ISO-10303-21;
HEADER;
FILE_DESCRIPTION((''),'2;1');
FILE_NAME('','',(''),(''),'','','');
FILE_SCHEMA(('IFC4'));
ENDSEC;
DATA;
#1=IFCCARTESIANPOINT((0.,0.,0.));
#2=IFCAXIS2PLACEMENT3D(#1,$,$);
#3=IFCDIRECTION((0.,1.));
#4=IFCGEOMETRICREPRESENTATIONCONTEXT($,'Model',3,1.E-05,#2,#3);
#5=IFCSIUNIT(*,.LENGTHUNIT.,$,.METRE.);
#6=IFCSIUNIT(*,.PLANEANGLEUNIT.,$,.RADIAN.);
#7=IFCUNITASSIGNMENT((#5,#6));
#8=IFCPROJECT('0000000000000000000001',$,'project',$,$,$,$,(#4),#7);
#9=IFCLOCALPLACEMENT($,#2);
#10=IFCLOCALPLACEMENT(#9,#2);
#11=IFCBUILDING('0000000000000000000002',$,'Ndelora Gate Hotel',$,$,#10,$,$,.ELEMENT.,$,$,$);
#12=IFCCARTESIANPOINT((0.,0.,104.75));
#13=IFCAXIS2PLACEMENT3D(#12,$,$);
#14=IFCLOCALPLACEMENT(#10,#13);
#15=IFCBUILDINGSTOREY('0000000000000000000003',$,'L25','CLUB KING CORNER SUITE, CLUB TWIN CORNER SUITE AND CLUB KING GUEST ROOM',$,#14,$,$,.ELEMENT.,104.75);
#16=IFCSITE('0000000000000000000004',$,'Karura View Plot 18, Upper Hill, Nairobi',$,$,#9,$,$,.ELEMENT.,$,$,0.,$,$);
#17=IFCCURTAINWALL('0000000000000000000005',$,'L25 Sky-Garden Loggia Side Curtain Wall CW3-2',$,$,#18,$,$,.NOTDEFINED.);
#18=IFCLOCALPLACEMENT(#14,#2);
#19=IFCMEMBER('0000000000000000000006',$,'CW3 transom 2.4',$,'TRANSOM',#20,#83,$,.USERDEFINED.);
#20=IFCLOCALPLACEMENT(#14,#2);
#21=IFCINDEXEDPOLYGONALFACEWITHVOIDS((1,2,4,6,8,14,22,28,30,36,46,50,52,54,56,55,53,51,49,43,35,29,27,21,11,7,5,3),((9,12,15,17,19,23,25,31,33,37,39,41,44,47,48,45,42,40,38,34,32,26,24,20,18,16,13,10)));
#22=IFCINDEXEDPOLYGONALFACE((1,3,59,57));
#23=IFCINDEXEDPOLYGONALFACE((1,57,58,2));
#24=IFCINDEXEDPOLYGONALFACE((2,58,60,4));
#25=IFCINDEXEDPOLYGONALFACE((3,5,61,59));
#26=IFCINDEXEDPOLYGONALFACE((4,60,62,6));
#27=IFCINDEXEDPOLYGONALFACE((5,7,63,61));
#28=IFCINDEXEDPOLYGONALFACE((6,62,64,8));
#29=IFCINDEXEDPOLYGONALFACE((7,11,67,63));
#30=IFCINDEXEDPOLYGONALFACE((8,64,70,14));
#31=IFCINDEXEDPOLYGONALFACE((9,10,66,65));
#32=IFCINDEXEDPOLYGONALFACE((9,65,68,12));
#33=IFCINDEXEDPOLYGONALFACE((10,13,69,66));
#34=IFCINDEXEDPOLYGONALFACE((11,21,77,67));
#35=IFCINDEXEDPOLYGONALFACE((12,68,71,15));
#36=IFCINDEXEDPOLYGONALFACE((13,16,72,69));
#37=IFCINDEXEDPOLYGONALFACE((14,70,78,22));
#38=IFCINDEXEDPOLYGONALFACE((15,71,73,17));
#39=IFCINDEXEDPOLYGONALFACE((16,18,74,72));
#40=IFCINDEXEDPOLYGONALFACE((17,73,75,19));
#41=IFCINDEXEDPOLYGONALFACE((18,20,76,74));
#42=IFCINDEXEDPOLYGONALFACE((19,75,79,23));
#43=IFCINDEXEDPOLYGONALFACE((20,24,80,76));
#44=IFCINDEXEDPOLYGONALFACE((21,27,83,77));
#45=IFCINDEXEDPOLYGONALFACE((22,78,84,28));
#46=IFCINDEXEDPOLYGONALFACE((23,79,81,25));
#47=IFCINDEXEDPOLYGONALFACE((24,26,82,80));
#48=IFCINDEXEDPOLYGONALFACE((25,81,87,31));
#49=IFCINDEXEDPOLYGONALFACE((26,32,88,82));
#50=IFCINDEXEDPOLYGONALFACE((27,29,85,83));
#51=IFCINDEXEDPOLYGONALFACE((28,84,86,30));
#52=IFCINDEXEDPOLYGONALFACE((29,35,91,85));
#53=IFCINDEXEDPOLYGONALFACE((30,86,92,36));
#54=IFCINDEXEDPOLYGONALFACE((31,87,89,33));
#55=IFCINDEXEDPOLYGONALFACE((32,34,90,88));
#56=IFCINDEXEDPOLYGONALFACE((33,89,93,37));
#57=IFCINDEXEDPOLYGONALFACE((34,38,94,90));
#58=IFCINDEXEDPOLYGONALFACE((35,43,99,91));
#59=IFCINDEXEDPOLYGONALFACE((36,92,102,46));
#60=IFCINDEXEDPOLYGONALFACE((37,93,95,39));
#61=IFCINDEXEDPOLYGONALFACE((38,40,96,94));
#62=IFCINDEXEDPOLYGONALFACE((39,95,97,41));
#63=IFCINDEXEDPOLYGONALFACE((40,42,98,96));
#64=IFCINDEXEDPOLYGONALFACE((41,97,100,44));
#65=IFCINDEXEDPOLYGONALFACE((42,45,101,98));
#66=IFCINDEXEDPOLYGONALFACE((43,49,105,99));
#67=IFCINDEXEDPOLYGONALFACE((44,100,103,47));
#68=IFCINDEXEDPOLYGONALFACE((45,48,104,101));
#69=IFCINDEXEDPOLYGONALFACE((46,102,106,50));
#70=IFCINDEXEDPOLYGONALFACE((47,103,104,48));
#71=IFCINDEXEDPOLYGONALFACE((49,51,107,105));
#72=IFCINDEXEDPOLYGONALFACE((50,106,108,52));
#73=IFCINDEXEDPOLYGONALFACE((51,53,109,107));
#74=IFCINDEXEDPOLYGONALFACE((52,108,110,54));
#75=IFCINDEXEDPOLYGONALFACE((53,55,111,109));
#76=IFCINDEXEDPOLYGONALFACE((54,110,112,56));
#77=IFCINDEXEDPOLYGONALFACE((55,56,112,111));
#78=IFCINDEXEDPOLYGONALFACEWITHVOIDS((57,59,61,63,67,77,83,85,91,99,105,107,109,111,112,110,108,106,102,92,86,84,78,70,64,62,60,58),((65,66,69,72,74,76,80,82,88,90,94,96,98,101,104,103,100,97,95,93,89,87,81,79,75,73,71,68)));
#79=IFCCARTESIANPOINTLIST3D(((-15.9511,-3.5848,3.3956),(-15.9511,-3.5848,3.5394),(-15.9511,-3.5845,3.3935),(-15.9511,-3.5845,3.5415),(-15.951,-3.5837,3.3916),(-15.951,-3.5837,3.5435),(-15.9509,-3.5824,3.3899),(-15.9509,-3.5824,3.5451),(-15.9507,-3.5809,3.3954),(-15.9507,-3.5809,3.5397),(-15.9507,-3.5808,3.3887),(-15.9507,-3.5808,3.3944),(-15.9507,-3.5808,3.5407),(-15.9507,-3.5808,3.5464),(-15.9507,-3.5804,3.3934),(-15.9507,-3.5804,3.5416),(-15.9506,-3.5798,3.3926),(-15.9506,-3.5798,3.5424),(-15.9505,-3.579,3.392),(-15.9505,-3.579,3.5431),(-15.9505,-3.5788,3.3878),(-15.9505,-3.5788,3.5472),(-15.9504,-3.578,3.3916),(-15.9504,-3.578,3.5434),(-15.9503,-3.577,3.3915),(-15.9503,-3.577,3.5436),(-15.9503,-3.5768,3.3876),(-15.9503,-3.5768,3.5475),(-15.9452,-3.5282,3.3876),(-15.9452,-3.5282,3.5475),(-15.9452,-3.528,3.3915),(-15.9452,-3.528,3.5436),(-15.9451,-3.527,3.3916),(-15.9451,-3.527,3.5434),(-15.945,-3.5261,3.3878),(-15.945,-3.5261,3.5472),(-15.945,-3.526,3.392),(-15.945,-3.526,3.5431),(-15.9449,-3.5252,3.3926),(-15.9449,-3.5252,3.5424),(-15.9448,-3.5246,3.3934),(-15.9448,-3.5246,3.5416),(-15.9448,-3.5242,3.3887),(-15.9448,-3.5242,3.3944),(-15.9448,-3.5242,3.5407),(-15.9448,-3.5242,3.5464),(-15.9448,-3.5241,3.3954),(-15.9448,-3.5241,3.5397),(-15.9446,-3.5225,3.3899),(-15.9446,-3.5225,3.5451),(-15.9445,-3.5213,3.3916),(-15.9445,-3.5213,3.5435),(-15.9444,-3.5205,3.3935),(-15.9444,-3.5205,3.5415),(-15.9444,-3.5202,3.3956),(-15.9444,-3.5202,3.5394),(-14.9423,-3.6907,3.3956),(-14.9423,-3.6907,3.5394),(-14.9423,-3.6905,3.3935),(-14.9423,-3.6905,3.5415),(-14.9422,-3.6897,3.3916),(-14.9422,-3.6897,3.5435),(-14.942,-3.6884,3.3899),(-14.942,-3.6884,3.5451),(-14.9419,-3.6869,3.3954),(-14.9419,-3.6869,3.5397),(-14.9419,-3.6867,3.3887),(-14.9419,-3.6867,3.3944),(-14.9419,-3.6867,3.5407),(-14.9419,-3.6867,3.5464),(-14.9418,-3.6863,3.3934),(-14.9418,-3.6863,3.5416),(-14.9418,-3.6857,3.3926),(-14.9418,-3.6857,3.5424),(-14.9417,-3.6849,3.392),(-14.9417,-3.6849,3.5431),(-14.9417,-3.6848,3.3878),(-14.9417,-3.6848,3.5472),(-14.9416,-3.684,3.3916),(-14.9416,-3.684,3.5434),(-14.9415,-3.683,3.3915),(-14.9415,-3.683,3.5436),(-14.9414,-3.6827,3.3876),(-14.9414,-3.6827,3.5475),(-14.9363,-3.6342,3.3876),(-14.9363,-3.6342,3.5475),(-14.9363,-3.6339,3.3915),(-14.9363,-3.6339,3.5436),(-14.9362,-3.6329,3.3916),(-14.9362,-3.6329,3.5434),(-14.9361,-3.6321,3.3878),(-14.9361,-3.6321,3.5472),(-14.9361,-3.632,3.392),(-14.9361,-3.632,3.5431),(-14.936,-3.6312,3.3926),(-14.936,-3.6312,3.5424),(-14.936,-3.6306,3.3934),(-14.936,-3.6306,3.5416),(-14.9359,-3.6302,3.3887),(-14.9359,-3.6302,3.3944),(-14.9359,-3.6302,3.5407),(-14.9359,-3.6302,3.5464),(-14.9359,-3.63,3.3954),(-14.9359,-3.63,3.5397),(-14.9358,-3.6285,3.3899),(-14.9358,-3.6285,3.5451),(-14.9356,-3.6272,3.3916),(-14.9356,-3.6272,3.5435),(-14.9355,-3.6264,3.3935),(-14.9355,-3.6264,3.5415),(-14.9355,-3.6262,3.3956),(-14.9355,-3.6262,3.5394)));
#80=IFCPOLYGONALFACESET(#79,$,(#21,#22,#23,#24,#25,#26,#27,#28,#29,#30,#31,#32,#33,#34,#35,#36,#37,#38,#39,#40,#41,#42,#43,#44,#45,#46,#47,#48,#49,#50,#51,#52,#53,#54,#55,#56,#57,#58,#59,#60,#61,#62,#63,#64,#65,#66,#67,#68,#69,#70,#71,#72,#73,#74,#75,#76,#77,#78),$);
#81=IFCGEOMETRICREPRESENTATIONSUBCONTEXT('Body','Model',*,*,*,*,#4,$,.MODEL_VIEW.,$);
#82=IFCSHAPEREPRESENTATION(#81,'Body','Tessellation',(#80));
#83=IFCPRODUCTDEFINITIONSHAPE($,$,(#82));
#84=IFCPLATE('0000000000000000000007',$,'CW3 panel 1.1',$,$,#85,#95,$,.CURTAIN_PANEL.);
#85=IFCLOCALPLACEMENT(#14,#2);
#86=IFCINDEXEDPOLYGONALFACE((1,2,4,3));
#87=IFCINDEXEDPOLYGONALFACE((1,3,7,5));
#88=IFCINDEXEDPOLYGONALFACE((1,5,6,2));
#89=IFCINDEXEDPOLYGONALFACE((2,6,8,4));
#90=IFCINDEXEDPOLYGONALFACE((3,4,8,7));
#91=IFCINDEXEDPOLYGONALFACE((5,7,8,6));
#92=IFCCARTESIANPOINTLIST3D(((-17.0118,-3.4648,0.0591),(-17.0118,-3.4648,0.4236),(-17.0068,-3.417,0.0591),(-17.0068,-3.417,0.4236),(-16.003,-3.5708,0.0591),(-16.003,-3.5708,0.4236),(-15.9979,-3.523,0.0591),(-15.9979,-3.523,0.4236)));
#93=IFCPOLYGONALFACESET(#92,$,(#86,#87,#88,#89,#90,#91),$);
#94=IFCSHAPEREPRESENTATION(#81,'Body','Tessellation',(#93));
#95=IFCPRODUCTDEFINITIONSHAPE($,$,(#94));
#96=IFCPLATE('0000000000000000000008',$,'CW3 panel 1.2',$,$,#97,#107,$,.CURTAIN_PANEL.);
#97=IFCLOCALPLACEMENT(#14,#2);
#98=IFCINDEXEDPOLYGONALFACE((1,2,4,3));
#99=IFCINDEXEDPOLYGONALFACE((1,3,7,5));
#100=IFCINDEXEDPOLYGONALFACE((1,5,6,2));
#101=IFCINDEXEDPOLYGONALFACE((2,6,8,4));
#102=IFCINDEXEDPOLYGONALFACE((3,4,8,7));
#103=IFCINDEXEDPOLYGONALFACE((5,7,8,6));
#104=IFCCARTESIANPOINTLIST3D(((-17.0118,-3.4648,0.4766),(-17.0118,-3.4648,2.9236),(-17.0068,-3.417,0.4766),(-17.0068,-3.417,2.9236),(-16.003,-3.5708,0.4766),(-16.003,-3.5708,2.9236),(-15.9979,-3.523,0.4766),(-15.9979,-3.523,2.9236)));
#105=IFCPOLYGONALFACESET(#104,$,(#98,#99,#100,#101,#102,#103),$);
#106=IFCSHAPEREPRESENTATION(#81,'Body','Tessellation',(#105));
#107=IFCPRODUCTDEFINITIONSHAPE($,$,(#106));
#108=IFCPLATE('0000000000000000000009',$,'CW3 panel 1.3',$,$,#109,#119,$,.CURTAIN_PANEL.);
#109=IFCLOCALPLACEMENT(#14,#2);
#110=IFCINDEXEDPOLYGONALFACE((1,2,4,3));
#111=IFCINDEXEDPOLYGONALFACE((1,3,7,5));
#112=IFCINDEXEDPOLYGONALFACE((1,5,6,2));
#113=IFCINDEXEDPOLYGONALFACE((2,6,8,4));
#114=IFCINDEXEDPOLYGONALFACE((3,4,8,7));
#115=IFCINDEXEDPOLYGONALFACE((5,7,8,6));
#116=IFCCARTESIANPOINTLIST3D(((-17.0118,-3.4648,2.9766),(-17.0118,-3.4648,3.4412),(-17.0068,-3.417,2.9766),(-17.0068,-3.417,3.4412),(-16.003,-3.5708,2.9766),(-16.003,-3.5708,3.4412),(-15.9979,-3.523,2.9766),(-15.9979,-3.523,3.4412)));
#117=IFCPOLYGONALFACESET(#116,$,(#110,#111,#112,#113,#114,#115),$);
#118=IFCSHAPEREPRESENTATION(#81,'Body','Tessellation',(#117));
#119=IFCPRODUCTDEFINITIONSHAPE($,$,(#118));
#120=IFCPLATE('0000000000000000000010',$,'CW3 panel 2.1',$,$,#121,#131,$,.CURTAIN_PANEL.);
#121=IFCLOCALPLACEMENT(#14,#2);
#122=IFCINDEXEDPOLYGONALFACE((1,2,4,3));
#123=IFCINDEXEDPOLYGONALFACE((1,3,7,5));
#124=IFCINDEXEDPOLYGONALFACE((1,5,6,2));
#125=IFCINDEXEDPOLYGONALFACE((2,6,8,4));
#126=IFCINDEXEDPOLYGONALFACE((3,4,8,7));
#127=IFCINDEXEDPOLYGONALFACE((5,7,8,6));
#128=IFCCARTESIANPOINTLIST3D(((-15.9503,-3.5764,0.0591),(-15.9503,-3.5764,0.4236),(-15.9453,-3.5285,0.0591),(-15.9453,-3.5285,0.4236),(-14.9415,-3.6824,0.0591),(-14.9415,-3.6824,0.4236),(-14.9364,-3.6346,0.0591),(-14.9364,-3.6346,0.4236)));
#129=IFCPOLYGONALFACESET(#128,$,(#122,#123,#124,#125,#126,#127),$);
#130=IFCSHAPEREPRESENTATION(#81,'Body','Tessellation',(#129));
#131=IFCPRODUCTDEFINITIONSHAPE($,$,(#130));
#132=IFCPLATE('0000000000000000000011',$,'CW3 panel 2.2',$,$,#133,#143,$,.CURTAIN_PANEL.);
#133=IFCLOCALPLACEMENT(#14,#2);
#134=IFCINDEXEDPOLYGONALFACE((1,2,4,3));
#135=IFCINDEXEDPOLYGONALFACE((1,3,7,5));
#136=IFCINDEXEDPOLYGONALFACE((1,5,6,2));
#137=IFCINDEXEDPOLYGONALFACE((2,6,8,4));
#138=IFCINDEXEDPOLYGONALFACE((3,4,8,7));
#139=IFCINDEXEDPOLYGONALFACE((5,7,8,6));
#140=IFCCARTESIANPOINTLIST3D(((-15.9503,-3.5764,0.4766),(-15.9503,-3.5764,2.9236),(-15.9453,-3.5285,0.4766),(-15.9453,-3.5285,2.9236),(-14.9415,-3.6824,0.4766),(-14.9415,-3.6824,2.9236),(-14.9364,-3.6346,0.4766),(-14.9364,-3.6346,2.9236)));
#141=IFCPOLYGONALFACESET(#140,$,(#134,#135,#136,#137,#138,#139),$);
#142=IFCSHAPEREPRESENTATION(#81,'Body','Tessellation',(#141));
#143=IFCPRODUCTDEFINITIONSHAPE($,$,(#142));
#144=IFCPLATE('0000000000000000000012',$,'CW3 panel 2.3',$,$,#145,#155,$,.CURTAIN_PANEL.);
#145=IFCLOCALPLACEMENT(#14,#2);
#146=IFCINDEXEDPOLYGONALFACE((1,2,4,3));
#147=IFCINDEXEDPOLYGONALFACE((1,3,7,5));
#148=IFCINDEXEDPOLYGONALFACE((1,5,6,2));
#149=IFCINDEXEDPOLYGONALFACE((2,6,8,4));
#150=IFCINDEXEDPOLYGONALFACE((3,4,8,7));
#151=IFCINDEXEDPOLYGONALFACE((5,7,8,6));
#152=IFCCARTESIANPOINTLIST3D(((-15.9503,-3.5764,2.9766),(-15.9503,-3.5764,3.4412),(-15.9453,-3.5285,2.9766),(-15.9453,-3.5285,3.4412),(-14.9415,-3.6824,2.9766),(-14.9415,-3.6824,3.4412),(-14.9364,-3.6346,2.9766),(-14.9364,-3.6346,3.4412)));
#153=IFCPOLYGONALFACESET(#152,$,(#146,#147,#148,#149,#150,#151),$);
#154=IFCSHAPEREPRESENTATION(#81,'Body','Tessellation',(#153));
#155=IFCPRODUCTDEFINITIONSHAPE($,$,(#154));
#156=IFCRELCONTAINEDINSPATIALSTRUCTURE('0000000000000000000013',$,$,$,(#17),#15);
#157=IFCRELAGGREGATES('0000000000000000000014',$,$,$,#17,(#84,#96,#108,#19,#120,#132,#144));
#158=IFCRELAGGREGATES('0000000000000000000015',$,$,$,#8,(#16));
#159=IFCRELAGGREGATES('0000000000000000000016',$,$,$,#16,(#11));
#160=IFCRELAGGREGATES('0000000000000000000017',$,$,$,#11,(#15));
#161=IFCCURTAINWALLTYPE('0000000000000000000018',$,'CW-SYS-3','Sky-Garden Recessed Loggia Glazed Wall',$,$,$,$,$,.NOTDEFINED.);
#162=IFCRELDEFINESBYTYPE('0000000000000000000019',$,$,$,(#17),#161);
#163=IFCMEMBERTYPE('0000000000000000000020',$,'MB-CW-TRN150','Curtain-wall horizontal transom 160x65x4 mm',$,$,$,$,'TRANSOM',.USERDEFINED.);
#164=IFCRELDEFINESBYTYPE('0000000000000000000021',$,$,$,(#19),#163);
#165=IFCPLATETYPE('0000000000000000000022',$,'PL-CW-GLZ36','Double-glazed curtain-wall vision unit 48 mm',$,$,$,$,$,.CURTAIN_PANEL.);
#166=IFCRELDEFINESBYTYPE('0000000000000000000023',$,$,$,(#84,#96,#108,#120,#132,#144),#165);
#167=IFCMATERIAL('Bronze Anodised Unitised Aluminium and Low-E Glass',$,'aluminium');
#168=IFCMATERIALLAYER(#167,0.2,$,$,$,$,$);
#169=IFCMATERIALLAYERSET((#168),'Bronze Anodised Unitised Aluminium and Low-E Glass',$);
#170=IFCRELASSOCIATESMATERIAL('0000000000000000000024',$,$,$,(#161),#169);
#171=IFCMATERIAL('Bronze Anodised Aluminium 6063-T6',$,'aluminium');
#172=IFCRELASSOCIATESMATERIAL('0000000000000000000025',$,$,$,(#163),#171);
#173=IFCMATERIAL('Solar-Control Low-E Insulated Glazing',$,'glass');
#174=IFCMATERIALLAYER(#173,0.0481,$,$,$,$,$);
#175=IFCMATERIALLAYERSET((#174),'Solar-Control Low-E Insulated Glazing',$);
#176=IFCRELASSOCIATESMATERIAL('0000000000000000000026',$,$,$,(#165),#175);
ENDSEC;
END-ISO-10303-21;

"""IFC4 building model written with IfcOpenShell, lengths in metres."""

from ifc_helpers import new_model, si_unit, direction, frame, origin, origin_2d, place, context, subcontext, project, spatial, rectangle, hollow_rectangle, extrude, material, layer, layer_set, material_profile, profile_set, type_object, element, aggregate, save


model = new_model("IFC4")

# Units and contexts
model_context = context("Model", 3, precision=1e-05, world=origin(), true_north=direction((0.0, 1.0)))
body_context = subcontext(model_context, "Body", "Model", "MODEL_VIEW")
ifc_project = project(units=[si_unit("LENGTHUNIT", "METRE"), si_unit("PLANEANGLEUNIT", "RADIAN")], contexts=[model_context])

# Site, building, storey
site_placement = place(None, origin())
site = spatial("IfcSite", under=ifc_project, at=site_placement, Name="Karura View Plot 18, Upper Hill, Nairobi", CompositionType="ELEMENT", RefElevation=0.0)
building_placement = place(site_placement, origin())
building = spatial("IfcBuilding", under=site, at=building_placement, Name="Ndelora Gate Hotel", CompositionType="ELEMENT")
storey_placement = place(building_placement, frame((0.0, 0.0, 104.75)))
storey = spatial("IfcBuildingStorey", under=building, at=storey_placement, Name="L25", Description="CLUB KING CORNER SUITE, CLUB TWIN CORNER SUITE AND CLUB KING GUEST ROOM", CompositionType="ELEMENT", Elevation=104.75)

# Curtain wall, member, plates
ifc_material_1 = material(Name="Bronze Anodised Unitised Aluminium and Low-E Glass", Category="aluminium")
ifc_layer_1 = layer(ifc_material_1, 0.2)
ifc_layer_set_1 = layer_set([ifc_layer_1], Name="Bronze Anodised Unitised Aluminium and Low-E Glass")
curtain_wall_type = type_object("IfcCurtainWallType", Name="CW-SYS-3", Description="Sky-Garden Recessed Loggia Glazed Wall", PredefinedType="NOTDEFINED", material=ifc_layer_set_1)
curtain_wall_placement = place(storey_placement, origin())
curtain_wall = element("IfcCurtainWall", 1, at=curtain_wall_placement, inside=storey, type_object=curtain_wall_type, Name="L25 Sky-Garden Loggia Side Curtain Wall CW3-2", PredefinedType="NOTDEFINED")
ifc_material_2 = material(Name="Bronze Anodised Aluminium 6063-T6", Category="aluminium")
ifc_material_profile_1 = material_profile(ifc_material_2, hollow_rectangle(XDim=0.0649, YDim=0.1599, WallThickness=0.0039, InnerFilletRadius=0.0039, OuterFilletRadius=0.0081, at=origin_2d()), Name="ALU 160x65x4")
ifc_profile_set_1 = profile_set([ifc_material_profile_1], Name="Bronze Anodised Aluminium 6063-T6")
member_type_1 = type_object("IfcMemberType", Name="MB-CW-TRN150", Description="Curtain-wall horizontal transom 160x65x4 mm", ElementType="TRANSOM", PredefinedType="USERDEFINED", material=ifc_profile_set_1)
member_1_placement = place(storey_placement, frame((-15.9478, -3.5525, 3.4675), z_axis=(0.994529, -0.104459, 0.0), x_axis=(0.104459, 0.994529, 0.0)))
member_1 = element("IfcMember", 2, at=member_1_placement, type_object=member_type_1, Name="CW3 transom 2.4", ObjectType="TRANSOM", PredefinedType="USERDEFINED", context=body_context, shape_type="SweptSolid", body=[
    extrude(hollow_rectangle(XDim=0.0649, YDim=0.1599, WallThickness=0.0039, InnerFilletRadius=0.0039, OuterFilletRadius=0.0081, at=origin_2d()), origin(), (0.0, 0.0, 1.0), 1.0144),
])
ifc_material_3 = material(Name="Solar-Control Low-E Insulated Glazing", Category="glass")
ifc_layer_2 = layer(ifc_material_3, 0.0481)
ifc_layer_set_2 = layer_set([ifc_layer_2], Name="Solar-Control Low-E Insulated Glazing")
plate_type = type_object("IfcPlateType", Name="PL-CW-GLZ36", Description="Double-glazed curtain-wall vision unit 48 mm", PredefinedType="CURTAIN_PANEL", material=ifc_layer_set_2)
plate_1_placement = place(storey_placement, frame((-16.5049, -3.4939, 0.0591), z_axis=(0.0, 0.0, 1.0), x_axis=(0.99452, -0.104548, 0.0)))
plate_1 = element("IfcPlate", 3, at=plate_1_placement, type_object=plate_type, Name="CW3 panel 1.1", PredefinedType="CURTAIN_PANEL", context=body_context, shape_type="SweptSolid", body=[
    extrude(rectangle(XDim=1.0144, YDim=0.0481, at=origin_2d()), origin(), (0.0, 0.0, 1.0), 0.3645),
])
plate_2_placement = place(storey_placement, frame((-16.5049, -3.4939, 0.4766), z_axis=(0.0, 0.0, 1.0), x_axis=(0.99452, -0.104548, 0.0)))
plate_2 = element("IfcPlate", 4, at=plate_2_placement, type_object=plate_type, Name="CW3 panel 1.2", PredefinedType="CURTAIN_PANEL", context=body_context, shape_type="SweptSolid", body=[
    extrude(rectangle(XDim=1.0144, YDim=0.0481, at=origin_2d()), origin(), (0.0, 0.0, 1.0), 2.447),
])
plate_3_placement = place(storey_placement, frame((-16.5049, -3.4939, 2.9766), z_axis=(0.0, 0.0, 1.0), x_axis=(0.99452, -0.104548, 0.0)))
plate_3 = element("IfcPlate", 5, at=plate_3_placement, type_object=plate_type, Name="CW3 panel 1.3", PredefinedType="CURTAIN_PANEL", context=body_context, shape_type="SweptSolid", body=[
    extrude(rectangle(XDim=1.0144, YDim=0.0481, at=origin_2d()), origin(), (0.0, 0.0, 1.0), 0.4646),
])
plate_4_placement = place(storey_placement, frame((-15.4434, -3.6055, 0.0591), z_axis=(0.0, 0.0, 1.0), x_axis=(0.99452, -0.104548, 0.0)))
plate_4 = element("IfcPlate", 6, at=plate_4_placement, type_object=plate_type, Name="CW3 panel 2.1", PredefinedType="CURTAIN_PANEL", context=body_context, shape_type="SweptSolid", body=[
    extrude(rectangle(XDim=1.0144, YDim=0.0481, at=origin_2d()), origin(), (0.0, 0.0, 1.0), 0.3645),
])
plate_5_placement = place(storey_placement, frame((-15.4434, -3.6055, 0.4766), z_axis=(0.0, 0.0, 1.0), x_axis=(0.99452, -0.104548, 0.0)))
plate_5 = element("IfcPlate", 7, at=plate_5_placement, type_object=plate_type, Name="CW3 panel 2.2", PredefinedType="CURTAIN_PANEL", context=body_context, shape_type="SweptSolid", body=[
    extrude(rectangle(XDim=1.0144, YDim=0.0481, at=origin_2d()), origin(), (0.0, 0.0, 1.0), 2.447),
])
plate_6_placement = place(storey_placement, frame((-15.4434, -3.6055, 2.9766), z_axis=(0.0, 0.0, 1.0), x_axis=(0.99452, -0.104548, 0.0)))
plate_6 = element("IfcPlate", 8, at=plate_6_placement, type_object=plate_type, Name="CW3 panel 2.3", PredefinedType="CURTAIN_PANEL", context=body_context, shape_type="SweptSolid", body=[
    extrude(rectangle(XDim=1.0144, YDim=0.0481, at=origin_2d()), origin(), (0.0, 0.0, 1.0), 0.4646),
])
aggregate(curtain_wall, [plate_1, plate_2, plate_3, member_1, plate_4, plate_5, plate_6])

save(model, "model.ifc")
